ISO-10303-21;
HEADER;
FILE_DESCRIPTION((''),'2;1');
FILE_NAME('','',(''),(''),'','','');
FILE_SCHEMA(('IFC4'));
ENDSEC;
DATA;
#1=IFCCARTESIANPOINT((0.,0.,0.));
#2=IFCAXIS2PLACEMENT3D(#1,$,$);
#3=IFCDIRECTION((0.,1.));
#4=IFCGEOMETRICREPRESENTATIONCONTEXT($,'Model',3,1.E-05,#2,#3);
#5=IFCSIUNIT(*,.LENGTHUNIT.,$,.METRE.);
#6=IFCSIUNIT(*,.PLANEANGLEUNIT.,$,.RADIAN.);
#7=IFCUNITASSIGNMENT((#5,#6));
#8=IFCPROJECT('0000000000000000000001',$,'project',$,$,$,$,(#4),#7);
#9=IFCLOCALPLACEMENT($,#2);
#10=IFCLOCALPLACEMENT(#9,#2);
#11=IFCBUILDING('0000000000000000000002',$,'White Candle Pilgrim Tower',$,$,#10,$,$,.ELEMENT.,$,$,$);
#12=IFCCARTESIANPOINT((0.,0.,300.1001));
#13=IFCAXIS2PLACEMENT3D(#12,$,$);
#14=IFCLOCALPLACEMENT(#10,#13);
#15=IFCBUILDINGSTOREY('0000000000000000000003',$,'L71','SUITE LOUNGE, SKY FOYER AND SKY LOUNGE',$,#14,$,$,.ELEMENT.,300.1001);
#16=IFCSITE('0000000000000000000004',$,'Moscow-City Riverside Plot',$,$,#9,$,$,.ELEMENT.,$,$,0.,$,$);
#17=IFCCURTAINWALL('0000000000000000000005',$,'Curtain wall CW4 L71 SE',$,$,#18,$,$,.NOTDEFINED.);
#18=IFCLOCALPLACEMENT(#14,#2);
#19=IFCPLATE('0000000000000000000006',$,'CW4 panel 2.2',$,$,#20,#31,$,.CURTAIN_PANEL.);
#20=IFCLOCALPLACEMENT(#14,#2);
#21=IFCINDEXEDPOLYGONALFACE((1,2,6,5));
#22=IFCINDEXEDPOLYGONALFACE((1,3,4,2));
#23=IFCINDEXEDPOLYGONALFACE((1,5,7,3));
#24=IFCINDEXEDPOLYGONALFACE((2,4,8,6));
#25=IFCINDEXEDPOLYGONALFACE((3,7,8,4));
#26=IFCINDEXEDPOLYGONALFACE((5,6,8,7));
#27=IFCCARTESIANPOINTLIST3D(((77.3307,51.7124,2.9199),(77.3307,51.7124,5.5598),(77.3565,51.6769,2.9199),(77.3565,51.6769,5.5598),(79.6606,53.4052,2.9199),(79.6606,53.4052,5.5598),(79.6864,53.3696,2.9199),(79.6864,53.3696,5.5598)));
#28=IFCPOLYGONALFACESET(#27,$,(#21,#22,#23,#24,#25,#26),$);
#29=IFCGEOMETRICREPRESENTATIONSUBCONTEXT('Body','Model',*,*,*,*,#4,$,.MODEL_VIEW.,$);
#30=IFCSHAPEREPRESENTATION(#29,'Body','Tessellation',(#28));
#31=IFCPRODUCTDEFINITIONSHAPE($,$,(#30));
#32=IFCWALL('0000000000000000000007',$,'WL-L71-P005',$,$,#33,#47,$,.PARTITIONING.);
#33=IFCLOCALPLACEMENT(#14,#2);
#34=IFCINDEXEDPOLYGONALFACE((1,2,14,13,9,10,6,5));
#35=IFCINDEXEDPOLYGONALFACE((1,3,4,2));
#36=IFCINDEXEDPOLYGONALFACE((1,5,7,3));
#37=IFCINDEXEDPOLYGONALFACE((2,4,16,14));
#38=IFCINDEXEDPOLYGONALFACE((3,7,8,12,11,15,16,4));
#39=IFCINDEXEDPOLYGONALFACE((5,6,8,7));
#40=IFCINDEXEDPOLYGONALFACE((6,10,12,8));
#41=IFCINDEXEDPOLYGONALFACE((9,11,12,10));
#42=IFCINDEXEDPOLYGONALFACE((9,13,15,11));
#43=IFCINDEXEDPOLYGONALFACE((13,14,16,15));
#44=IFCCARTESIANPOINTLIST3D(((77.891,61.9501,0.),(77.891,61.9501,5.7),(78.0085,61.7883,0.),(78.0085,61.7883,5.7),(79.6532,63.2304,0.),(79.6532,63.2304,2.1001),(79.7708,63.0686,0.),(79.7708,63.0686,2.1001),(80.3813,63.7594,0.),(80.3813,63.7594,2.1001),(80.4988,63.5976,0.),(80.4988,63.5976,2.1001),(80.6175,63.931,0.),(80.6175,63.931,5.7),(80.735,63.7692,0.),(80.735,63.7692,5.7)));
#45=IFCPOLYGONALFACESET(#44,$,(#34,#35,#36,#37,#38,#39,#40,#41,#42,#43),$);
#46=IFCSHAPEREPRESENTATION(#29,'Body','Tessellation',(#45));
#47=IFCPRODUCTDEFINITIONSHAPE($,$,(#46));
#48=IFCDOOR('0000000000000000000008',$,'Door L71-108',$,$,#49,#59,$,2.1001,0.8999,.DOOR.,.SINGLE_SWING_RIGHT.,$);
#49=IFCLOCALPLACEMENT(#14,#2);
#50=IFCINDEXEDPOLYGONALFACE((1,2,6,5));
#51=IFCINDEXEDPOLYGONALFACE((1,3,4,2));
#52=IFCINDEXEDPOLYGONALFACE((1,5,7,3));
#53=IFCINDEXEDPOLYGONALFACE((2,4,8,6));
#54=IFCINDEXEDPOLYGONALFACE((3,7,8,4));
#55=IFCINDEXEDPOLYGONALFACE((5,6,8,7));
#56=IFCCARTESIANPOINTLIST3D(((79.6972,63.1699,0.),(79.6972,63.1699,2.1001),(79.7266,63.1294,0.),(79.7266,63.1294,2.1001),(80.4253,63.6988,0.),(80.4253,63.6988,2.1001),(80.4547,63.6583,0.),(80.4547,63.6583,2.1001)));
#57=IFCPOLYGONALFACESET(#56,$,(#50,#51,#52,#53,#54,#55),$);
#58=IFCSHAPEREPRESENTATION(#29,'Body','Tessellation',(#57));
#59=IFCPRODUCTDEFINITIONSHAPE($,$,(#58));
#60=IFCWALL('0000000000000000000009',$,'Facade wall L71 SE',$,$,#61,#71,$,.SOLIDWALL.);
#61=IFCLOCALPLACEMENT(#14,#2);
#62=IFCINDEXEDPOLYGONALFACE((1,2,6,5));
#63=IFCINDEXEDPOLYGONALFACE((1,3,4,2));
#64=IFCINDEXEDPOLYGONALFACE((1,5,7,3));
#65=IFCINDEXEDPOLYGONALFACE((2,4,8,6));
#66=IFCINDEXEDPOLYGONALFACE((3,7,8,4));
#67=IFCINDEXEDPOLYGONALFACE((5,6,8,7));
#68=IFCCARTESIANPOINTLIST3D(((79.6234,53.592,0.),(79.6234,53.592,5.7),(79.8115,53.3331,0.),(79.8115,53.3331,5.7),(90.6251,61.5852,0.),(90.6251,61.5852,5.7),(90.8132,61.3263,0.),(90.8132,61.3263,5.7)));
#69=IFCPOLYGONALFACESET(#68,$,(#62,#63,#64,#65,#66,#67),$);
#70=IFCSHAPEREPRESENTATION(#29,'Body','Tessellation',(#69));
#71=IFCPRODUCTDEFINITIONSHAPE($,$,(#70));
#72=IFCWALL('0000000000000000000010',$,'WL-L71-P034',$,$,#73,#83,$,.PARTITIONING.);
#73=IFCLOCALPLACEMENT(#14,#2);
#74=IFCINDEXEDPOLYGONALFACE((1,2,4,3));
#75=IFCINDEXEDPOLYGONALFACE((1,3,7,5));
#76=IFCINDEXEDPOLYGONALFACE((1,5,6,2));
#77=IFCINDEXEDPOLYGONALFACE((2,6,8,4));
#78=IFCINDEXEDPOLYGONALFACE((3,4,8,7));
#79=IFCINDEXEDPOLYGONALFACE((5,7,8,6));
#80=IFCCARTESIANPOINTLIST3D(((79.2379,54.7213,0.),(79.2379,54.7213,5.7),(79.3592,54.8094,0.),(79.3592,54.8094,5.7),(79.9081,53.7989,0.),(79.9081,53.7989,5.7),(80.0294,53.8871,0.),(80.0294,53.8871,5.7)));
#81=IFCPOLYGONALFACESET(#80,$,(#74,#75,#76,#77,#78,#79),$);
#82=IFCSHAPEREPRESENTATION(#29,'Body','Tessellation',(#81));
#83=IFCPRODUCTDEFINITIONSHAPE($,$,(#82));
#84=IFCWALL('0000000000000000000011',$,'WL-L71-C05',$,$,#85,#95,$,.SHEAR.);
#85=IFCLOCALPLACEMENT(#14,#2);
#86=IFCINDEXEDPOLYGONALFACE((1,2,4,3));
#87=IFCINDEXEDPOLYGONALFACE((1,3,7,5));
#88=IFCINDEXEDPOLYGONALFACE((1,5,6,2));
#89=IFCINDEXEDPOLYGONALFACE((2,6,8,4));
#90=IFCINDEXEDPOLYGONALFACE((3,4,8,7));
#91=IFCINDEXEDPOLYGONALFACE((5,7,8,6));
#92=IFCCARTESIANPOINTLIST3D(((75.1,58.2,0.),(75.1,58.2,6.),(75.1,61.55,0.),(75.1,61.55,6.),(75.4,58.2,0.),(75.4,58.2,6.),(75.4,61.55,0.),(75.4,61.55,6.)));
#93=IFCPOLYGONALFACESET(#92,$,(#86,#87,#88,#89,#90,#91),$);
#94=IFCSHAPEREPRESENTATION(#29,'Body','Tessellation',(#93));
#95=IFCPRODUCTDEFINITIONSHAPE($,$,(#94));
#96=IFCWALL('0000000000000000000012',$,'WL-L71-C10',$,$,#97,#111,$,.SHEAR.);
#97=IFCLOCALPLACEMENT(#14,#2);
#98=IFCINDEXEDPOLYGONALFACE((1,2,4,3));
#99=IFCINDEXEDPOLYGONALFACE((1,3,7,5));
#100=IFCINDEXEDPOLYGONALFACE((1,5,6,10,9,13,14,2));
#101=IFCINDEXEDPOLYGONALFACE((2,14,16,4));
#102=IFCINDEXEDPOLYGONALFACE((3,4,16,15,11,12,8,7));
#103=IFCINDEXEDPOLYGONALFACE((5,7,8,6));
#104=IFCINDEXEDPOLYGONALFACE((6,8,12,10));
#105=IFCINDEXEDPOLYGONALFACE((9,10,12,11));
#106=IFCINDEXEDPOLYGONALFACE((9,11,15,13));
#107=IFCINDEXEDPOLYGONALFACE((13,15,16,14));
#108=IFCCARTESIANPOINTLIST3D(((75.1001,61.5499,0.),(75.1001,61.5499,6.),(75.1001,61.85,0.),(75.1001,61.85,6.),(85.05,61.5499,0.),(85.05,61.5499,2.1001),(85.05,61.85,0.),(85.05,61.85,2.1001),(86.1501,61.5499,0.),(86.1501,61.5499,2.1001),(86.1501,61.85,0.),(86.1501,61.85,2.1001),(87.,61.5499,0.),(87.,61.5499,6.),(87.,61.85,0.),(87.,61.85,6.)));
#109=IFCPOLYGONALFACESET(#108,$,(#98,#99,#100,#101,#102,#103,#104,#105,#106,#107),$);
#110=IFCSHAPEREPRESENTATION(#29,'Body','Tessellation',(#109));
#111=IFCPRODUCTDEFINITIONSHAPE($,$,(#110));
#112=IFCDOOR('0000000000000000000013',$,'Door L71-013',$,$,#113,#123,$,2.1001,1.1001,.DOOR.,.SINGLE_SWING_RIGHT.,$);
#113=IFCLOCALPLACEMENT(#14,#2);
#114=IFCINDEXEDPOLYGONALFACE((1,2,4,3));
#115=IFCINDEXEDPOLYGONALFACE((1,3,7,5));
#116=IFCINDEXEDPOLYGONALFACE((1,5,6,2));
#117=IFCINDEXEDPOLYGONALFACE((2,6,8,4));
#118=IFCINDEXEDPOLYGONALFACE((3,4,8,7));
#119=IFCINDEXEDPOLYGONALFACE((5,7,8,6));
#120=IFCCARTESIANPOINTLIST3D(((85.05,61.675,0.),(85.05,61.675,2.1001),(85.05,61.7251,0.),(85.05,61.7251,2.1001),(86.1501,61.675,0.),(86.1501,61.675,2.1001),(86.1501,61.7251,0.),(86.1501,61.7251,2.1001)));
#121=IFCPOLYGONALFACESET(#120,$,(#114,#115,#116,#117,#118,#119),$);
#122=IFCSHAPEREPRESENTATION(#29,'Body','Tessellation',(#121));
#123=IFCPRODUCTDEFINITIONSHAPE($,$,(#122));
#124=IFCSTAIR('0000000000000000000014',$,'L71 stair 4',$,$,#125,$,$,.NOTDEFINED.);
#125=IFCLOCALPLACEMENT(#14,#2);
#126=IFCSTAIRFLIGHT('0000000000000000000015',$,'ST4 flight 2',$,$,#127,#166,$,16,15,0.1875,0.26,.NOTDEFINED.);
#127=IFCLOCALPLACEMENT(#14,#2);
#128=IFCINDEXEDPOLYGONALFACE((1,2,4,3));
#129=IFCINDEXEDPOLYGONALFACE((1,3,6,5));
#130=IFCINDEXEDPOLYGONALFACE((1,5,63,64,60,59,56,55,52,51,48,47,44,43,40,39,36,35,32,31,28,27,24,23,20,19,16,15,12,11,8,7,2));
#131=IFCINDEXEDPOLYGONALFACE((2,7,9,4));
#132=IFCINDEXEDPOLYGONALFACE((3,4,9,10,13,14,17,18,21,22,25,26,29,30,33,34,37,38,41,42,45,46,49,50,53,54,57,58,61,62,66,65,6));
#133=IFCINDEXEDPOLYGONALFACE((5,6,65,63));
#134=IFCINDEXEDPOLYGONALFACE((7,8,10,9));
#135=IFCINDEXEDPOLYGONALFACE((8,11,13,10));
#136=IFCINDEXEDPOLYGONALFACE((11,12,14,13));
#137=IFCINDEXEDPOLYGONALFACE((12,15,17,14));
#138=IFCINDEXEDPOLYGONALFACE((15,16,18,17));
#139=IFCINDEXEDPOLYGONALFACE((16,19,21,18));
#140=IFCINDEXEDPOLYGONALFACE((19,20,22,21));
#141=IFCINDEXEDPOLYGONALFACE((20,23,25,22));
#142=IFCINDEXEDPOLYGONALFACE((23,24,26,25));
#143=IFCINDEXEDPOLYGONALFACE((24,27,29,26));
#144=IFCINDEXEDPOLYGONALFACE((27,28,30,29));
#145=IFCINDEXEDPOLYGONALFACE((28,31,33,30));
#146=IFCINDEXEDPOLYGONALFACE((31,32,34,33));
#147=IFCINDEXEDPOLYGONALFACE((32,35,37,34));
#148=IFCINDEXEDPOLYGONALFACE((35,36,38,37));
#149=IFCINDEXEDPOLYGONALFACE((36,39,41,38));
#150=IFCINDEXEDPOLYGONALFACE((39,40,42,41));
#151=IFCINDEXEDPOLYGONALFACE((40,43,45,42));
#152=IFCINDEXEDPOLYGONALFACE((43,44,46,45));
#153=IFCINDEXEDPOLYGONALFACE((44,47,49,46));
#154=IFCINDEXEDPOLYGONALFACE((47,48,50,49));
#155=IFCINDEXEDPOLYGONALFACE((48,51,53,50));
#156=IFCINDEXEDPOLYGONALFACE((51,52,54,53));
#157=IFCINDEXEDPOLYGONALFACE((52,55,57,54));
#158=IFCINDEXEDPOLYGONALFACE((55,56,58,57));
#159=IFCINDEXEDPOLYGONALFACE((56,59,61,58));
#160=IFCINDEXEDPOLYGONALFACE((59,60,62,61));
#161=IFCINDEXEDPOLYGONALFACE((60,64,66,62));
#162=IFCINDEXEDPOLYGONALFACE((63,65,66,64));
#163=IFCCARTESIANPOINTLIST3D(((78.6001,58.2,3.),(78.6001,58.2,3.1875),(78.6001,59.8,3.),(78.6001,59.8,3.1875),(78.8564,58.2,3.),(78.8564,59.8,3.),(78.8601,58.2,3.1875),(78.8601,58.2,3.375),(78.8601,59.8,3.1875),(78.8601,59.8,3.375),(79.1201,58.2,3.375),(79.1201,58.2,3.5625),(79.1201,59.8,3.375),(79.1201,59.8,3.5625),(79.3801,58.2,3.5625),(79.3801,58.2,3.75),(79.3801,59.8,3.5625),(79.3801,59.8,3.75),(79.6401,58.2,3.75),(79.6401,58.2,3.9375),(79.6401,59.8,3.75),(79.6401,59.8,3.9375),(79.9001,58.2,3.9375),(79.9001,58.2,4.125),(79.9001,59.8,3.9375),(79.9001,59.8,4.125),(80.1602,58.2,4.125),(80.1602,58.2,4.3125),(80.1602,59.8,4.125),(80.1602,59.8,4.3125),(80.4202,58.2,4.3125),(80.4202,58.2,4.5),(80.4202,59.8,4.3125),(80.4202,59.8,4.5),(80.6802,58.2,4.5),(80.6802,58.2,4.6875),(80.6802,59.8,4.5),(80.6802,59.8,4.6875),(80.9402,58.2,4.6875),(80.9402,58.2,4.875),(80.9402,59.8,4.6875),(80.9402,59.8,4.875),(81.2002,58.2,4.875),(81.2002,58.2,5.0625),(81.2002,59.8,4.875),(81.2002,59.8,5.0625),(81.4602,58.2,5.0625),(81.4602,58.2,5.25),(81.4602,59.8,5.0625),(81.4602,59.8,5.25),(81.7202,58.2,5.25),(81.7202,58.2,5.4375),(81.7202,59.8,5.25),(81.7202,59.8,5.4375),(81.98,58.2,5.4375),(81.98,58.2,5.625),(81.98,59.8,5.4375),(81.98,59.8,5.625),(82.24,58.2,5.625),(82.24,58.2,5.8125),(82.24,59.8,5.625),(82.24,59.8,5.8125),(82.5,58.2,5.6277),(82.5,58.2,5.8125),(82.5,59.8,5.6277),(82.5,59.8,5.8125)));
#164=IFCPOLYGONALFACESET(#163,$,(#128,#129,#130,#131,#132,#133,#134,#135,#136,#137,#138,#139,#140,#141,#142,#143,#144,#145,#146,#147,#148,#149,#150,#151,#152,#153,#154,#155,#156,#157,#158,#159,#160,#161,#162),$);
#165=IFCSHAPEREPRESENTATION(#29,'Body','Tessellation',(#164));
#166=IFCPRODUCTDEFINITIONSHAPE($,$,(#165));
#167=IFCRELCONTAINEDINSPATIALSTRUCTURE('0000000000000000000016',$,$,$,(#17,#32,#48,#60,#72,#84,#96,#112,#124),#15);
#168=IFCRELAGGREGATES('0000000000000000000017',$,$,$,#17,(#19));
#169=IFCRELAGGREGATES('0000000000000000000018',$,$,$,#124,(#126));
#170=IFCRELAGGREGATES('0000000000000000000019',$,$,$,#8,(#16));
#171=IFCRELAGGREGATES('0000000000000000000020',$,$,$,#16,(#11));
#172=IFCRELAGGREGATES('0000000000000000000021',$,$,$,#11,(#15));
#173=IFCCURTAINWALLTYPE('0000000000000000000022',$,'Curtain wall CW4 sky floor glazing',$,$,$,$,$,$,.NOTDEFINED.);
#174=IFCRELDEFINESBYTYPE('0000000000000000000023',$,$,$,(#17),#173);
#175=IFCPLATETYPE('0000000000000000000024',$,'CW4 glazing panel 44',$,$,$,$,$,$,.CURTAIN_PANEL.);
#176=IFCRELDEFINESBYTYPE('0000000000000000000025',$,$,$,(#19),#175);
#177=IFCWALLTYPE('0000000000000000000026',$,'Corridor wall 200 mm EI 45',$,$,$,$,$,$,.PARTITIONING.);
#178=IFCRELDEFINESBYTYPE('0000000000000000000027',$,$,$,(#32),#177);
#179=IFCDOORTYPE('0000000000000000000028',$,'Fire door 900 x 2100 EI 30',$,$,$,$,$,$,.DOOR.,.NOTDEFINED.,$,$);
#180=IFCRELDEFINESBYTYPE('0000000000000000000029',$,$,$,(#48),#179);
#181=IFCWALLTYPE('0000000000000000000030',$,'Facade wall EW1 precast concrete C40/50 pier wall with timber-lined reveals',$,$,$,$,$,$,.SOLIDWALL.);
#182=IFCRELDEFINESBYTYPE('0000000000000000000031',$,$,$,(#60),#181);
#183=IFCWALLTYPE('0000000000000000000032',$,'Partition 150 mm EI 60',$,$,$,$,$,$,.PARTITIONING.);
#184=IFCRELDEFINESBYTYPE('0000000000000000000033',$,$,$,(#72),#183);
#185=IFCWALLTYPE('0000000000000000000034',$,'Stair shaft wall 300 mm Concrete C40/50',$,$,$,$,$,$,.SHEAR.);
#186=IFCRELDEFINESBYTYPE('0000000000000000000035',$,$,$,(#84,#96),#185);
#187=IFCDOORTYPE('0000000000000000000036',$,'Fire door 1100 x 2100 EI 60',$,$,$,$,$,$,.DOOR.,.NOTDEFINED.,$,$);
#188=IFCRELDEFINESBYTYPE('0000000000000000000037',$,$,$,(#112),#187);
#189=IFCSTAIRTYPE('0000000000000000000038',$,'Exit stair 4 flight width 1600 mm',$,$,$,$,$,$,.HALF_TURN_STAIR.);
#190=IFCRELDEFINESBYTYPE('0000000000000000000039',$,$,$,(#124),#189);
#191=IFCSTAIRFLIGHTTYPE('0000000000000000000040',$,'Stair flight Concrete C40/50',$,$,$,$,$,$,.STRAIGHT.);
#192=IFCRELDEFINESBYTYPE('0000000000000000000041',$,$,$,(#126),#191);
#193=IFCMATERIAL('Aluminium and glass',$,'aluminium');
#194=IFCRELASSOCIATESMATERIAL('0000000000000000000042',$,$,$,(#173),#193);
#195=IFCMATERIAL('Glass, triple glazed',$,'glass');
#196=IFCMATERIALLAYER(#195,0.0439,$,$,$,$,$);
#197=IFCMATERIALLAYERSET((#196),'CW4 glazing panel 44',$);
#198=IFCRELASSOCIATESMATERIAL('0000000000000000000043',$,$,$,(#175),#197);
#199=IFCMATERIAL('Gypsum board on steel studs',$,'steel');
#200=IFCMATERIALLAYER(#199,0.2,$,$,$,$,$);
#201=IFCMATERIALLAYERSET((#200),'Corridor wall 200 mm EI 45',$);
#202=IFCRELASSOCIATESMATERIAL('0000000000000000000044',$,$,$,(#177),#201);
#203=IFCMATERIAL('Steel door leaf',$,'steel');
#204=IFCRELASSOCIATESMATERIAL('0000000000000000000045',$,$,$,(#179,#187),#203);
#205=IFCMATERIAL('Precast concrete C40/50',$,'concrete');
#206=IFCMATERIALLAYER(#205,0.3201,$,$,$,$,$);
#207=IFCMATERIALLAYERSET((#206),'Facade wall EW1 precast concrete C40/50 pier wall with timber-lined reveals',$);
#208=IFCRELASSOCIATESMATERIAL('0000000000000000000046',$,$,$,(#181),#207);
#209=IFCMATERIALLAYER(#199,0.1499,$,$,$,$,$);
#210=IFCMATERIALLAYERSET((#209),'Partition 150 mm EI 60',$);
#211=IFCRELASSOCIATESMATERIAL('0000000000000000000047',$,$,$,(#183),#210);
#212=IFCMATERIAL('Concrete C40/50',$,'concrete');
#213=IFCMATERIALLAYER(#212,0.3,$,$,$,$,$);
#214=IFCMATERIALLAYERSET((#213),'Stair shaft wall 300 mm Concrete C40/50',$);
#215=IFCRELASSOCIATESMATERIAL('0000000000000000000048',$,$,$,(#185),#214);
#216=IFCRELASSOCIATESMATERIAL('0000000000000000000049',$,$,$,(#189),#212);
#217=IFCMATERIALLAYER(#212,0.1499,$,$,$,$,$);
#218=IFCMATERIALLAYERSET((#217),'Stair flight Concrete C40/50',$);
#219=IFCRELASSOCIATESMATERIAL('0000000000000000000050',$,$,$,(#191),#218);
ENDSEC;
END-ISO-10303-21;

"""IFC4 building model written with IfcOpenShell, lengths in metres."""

from ifc_helpers import new_model, si_unit, direction, frame, frame_2d, origin, origin_2d, place, context, subcontext, project, spatial, polyline, rectangle, outline, extrude, material, layer, layer_set, type_object, element, fill, aggregate, save


model = new_model("IFC4")

# Units and contexts
model_context = context("Model", 3, precision=1e-05, world=origin(), true_north=direction((0.0, 1.0)))
body_context = subcontext(model_context, "Body", "Model", "MODEL_VIEW")
ifc_project = project(units=[si_unit("LENGTHUNIT", "METRE"), si_unit("PLANEANGLEUNIT", "RADIAN")], contexts=[model_context])

# Site, building, storey
site_placement = place(None, origin())
site = spatial("IfcSite", under=ifc_project, at=site_placement, Name="Moscow-City Riverside Plot", CompositionType="ELEMENT", RefElevation=0.0)
building_placement = place(site_placement, origin())
building = spatial("IfcBuilding", under=site, at=building_placement, Name="White Candle Pilgrim Tower", CompositionType="ELEMENT")
storey_placement = place(building_placement, frame((0.0, 0.0, 300.1001)))
storey = spatial("IfcBuildingStorey", under=building, at=storey_placement, Name="L71", Description="SUITE LOUNGE, SKY FOYER AND SKY LOUNGE", CompositionType="ELEMENT", Elevation=300.1001)

# Curtain wall
ifc_material_1 = material(Name="Aluminium and glass", Category="aluminium")
curtain_wall_type = type_object("IfcCurtainWallType", Name="Curtain wall CW4 sky floor glazing", PredefinedType="NOTDEFINED", material=ifc_material_1)
curtain_wall_placement = place(storey_placement, origin())
curtain_wall = element("IfcCurtainWall", 1, at=curtain_wall_placement, inside=storey, type_object=curtain_wall_type, Name="Curtain wall CW4 L71 SE", PredefinedType="NOTDEFINED")

# Plate
ifc_material_2 = material(Name="Glass, triple glazed", Category="glass")
ifc_layer_1 = layer(ifc_material_2, 0.0439)
ifc_layer_set_1 = layer_set([ifc_layer_1], Name="CW4 glazing panel 44")
plate_type = type_object("IfcPlateType", Name="CW4 glazing panel 44", PredefinedType="CURTAIN_PANEL", material=ifc_layer_set_1)
plate_1_placement = place(storey_placement, frame((78.5085, 52.541, 2.9199), z_axis=(0.0, 0.0, 1.0), x_axis=(0.809017, 0.587785, 0.0)))
plate_1 = element("IfcPlate", 2, at=plate_1_placement, type_object=plate_type, Name="CW4 panel 2.2", PredefinedType="CURTAIN_PANEL", context=body_context, shape_type="SweptSolid", body=[
    extrude(rectangle(XDim=2.8799, YDim=0.0439, at=origin_2d()), origin(), (0.0, 0.0, 1.0), 2.6399),
])
aggregate(curtain_wall, [plate_1])

# Wall, opening, door
ifc_material_3 = material(Name="Gypsum board on steel studs", Category="steel")
ifc_layer_2 = layer(ifc_material_3, 0.2)
ifc_layer_set_2 = layer_set([ifc_layer_2], Name="Corridor wall 200 mm EI 45")
wall_type_1 = type_object("IfcWallType", Name="Corridor wall 200 mm EI 45", PredefinedType="PARTITIONING", material=ifc_layer_set_2)
wall_1_placement = place(storey_placement, frame((80.6763, 63.8501, 0.0), z_axis=(0.0, 0.0, 1.0), x_axis=(-0.809018, -0.587784, 0.0)))
wall_1 = element("IfcWall", 3, at=wall_1_placement, inside=storey, type_object=wall_type_1, Name="WL-L71-P005", PredefinedType="PARTITIONING", context=body_context, shape_type="SweptSolid", body=[
    extrude(rectangle(XDim=3.3701, YDim=0.2, at=frame_2d((1.6851, 0.0))), origin(), (0.0, 0.0, 1.0), 5.7),
])
opening_1_placement = place(wall_1_placement, frame((0.292, 0.0, 0.0)))
opening_1 = element("IfcOpeningElement", 4, at=opening_1_placement, cuts=wall_1, PredefinedType="OPENING", context=body_context, shape_type="SweptSolid", body=[
    extrude(rectangle(XDim=0.8999, YDim=2.1001, at=frame_2d((0.45, 1.05))), frame((0.0, 0.1099, 0.0), z_axis=(0.0, -1.0, 0.0), x_axis=(1.0, 0.0, 0.0)), (0.0, 0.0, 1.0), 0.22),
])
ifc_material_4 = material(Name="Steel door leaf", Category="steel")
door_type_1 = type_object("IfcDoorType", Name="Fire door 900 x 2100 EI 30", OperationType="NOTDEFINED", PredefinedType="DOOR", material=ifc_material_4)
door_1_placement = place(opening_1_placement, origin())
door_1 = element("IfcDoor", 5, at=door_1_placement, inside=storey, type_object=door_type_1, Name="Door L71-108", OperationType="SINGLE_SWING_RIGHT", OverallHeight=2.1001, OverallWidth=0.8999, PredefinedType="DOOR", context=body_context, shape_type="SweptSolid", body=[
    extrude(rectangle(XDim=0.8999, YDim=2.1001, at=frame_2d((0.45, 1.05))), frame((0.0, 0.0249, 0.0), z_axis=(0.0, -1.0, 0.0), x_axis=(1.0, 0.0, 0.0)), (0.0, 0.0, 1.0), 0.05),
])
fill(opening_1, door_1)

# Walls
ifc_material_5 = material(Name="Precast concrete C40/50", Category="concrete")
ifc_layer_3 = layer(ifc_material_5, 0.3201)
ifc_layer_set_3 = layer_set([ifc_layer_3], Name="Facade wall EW1 precast concrete C40/50 pier wall with timber-lined reveals")
wall_type_2 = type_object("IfcWallType", Name="Facade wall EW1 precast concrete C40/50 pier wall with timber-lined reveals", PredefinedType="SOLIDWALL", material=ifc_layer_set_3)
wall_2_placement = place(storey_placement, frame((79.7175, 53.4626, 0.0), z_axis=(0.0, 0.0, 1.0), x_axis=(0.809019, 0.587783, 0.0)))
element("IfcWall", 6, at=wall_2_placement, inside=storey, type_object=wall_type_2, Name="Facade wall L71 SE", PredefinedType="SOLIDWALL", context=body_context, shape_type="SweptSolid", body=[
    extrude(rectangle(XDim=13.5989, YDim=0.3201, at=frame_2d((6.7993, 0.0))), origin(), (0.0, 0.0, 1.0), 5.7),
])
ifc_layer_4 = layer(ifc_material_3, 0.1499)
ifc_layer_set_4 = layer_set([ifc_layer_4], Name="Partition 150 mm EI 60")
wall_type_3 = type_object("IfcWallType", Name="Partition 150 mm EI 60", PredefinedType="PARTITIONING", material=ifc_layer_set_4)
wall_3_placement = place(storey_placement, frame((79.2986, 54.7654, 0.0), z_axis=(0.0, 0.0, 1.0), x_axis=(0.587802, -0.809005, 0.0)))
element("IfcWall", 7, at=wall_3_placement, inside=storey, type_object=wall_type_3, Name="WL-L71-P034", PredefinedType="PARTITIONING", context=body_context, shape_type="SweptSolid", body=[
    extrude(rectangle(XDim=1.1401, YDim=0.1499, at=frame_2d((0.5701, 0.0))), origin(), (0.0, 0.0, 1.0), 5.7),
])
ifc_material_6 = material(Name="Concrete C40/50", Category="concrete")
ifc_layer_5 = layer(ifc_material_6, 0.3)
ifc_layer_set_5 = layer_set([ifc_layer_5], Name="Stair shaft wall 300 mm Concrete C40/50")
wall_type_4 = type_object("IfcWallType", Name="Stair shaft wall 300 mm Concrete C40/50", PredefinedType="SHEAR", material=ifc_layer_set_5)
wall_4_placement = place(storey_placement, frame((75.25, 58.2, 0.0), z_axis=(0.0, 0.0, 1.0), x_axis=(0.0, 1.0, 0.0)))
element("IfcWall", 8, at=wall_4_placement, inside=storey, type_object=wall_type_4, Name="WL-L71-C05", PredefinedType="SHEAR", context=body_context, shape_type="SweptSolid", body=[
    extrude(rectangle(XDim=3.3501, YDim=0.3, at=frame_2d((1.675, 0.0))), origin(), (0.0, 0.0, 1.0), 6.0),
])

# Wall, opening, door
wall_5_placement = place(storey_placement, frame((75.1001, 61.7, 0.0), z_axis=(0.0, 0.0, 1.0), x_axis=(1.0, 0.0, 0.0)))
wall_5 = element("IfcWall", 9, at=wall_5_placement, inside=storey, type_object=wall_type_4, Name="WL-L71-C10", PredefinedType="SHEAR", context=body_context, shape_type="SweptSolid", body=[
    extrude(rectangle(XDim=11.8999, YDim=0.3, at=frame_2d((5.95, 0.0))), origin(), (0.0, 0.0, 1.0), 6.0),
])
opening_2_placement = place(wall_5_placement, frame((9.95, 0.0, 0.0)))
opening_2 = element("IfcOpeningElement", 10, at=opening_2_placement, cuts=wall_5, PredefinedType="OPENING", context=body_context, shape_type="SweptSolid", body=[
    extrude(rectangle(XDim=1.1001, YDim=2.1001, at=frame_2d((0.55, 1.05))), frame((0.0, 0.1599, 0.0), z_axis=(0.0, -1.0, 0.0), x_axis=(1.0, 0.0, 0.0)), (0.0, 0.0, 1.0), 0.3201),
])
door_type_2 = type_object("IfcDoorType", Name="Fire door 1100 x 2100 EI 60", OperationType="NOTDEFINED", PredefinedType="DOOR", material=ifc_material_4)
door_2_placement = place(opening_2_placement, frame((1.1001, 0.0, 0.0), z_axis=(0.0, 0.0, 1.0), x_axis=(-1.0, 0.0, 0.0)))
door_2 = element("IfcDoor", 11, at=door_2_placement, inside=storey, type_object=door_type_2, Name="Door L71-013", OperationType="SINGLE_SWING_RIGHT", OverallHeight=2.1001, OverallWidth=1.1001, PredefinedType="DOOR", context=body_context, shape_type="SweptSolid", body=[
    extrude(rectangle(XDim=1.1001, YDim=2.1001, at=frame_2d((0.55, 1.05))), frame((0.0, 0.0249, 0.0), z_axis=(0.0, -1.0, 0.0), x_axis=(1.0, 0.0, 0.0)), (0.0, 0.0, 1.0), 0.05),
])
fill(opening_2, door_2)

# Stair, stair flight
stair_type = type_object("IfcStairType", Name="Exit stair 4 flight width 1600 mm", PredefinedType="HALF_TURN_STAIR", material=ifc_material_6)
stair_placement = place(storey_placement, origin())
stair = element("IfcStair", 12, at=stair_placement, inside=storey, type_object=stair_type, Name="L71 stair 4", PredefinedType="NOTDEFINED")
ifc_layer_6 = layer(ifc_material_6, 0.1499)
ifc_layer_set_6 = layer_set([ifc_layer_6], Name="Stair flight Concrete C40/50")
stair_flight_type = type_object("IfcStairFlightType", Name="Stair flight Concrete C40/50", PredefinedType="STRAIGHT", material=ifc_layer_set_6)
stair_flight_placement = place(storey_placement, frame((78.6001, 59.0, 3.0), z_axis=(0.0, 0.0, 1.0), x_axis=(1.0, 0.0, 0.0)))
stair_flight = element("IfcStairFlight", 13, at=stair_flight_placement, type_object=stair_flight_type, Name="ST4 flight 2", NumberOfRisers=16, NumberOfTreads=15, PredefinedType="NOTDEFINED", RiserHeight=0.1875, TreadLength=0.26, context=body_context, shape_type="SweptSolid", body=[
    extrude(outline(polyline([(0.0, 0.0), (0.0, 0.1875), (0.26, 0.1875), (0.26, 0.375), (0.52, 0.375), (0.52, 0.5625), (0.78, 0.5625), (0.78, 0.75), (1.04, 0.75), (1.04, 0.9375), (1.3, 0.9375), (1.3, 1.125), (1.5601, 1.125), (1.5601, 1.3125), (1.8201, 1.3125), (1.8201, 1.5), (2.0801, 1.5), (2.0801, 1.6875), (2.3401, 1.6875), (2.3401, 1.875), (2.6001, 1.875), (2.6001, 2.0625), (2.8601, 2.0625), (2.8601, 2.25), (3.1201, 2.25), (3.1201, 2.4375), (3.3799, 2.4375), (3.3799, 2.625), (3.6399, 2.625), (3.6399, 2.8125), (3.8999, 2.8125), (3.8999, 3.0), (3.8999, 2.6277), (0.2563, 0.0), (0.0, 0.0)])), frame((0.0, 0.8, 0.0), z_axis=(0.0, -1.0, 0.0), x_axis=(1.0, 0.0, 0.0)), (0.0, 0.0, 1.0), 1.6001),
])
aggregate(stair, [stair_flight])

save(model, "model.ifc")
